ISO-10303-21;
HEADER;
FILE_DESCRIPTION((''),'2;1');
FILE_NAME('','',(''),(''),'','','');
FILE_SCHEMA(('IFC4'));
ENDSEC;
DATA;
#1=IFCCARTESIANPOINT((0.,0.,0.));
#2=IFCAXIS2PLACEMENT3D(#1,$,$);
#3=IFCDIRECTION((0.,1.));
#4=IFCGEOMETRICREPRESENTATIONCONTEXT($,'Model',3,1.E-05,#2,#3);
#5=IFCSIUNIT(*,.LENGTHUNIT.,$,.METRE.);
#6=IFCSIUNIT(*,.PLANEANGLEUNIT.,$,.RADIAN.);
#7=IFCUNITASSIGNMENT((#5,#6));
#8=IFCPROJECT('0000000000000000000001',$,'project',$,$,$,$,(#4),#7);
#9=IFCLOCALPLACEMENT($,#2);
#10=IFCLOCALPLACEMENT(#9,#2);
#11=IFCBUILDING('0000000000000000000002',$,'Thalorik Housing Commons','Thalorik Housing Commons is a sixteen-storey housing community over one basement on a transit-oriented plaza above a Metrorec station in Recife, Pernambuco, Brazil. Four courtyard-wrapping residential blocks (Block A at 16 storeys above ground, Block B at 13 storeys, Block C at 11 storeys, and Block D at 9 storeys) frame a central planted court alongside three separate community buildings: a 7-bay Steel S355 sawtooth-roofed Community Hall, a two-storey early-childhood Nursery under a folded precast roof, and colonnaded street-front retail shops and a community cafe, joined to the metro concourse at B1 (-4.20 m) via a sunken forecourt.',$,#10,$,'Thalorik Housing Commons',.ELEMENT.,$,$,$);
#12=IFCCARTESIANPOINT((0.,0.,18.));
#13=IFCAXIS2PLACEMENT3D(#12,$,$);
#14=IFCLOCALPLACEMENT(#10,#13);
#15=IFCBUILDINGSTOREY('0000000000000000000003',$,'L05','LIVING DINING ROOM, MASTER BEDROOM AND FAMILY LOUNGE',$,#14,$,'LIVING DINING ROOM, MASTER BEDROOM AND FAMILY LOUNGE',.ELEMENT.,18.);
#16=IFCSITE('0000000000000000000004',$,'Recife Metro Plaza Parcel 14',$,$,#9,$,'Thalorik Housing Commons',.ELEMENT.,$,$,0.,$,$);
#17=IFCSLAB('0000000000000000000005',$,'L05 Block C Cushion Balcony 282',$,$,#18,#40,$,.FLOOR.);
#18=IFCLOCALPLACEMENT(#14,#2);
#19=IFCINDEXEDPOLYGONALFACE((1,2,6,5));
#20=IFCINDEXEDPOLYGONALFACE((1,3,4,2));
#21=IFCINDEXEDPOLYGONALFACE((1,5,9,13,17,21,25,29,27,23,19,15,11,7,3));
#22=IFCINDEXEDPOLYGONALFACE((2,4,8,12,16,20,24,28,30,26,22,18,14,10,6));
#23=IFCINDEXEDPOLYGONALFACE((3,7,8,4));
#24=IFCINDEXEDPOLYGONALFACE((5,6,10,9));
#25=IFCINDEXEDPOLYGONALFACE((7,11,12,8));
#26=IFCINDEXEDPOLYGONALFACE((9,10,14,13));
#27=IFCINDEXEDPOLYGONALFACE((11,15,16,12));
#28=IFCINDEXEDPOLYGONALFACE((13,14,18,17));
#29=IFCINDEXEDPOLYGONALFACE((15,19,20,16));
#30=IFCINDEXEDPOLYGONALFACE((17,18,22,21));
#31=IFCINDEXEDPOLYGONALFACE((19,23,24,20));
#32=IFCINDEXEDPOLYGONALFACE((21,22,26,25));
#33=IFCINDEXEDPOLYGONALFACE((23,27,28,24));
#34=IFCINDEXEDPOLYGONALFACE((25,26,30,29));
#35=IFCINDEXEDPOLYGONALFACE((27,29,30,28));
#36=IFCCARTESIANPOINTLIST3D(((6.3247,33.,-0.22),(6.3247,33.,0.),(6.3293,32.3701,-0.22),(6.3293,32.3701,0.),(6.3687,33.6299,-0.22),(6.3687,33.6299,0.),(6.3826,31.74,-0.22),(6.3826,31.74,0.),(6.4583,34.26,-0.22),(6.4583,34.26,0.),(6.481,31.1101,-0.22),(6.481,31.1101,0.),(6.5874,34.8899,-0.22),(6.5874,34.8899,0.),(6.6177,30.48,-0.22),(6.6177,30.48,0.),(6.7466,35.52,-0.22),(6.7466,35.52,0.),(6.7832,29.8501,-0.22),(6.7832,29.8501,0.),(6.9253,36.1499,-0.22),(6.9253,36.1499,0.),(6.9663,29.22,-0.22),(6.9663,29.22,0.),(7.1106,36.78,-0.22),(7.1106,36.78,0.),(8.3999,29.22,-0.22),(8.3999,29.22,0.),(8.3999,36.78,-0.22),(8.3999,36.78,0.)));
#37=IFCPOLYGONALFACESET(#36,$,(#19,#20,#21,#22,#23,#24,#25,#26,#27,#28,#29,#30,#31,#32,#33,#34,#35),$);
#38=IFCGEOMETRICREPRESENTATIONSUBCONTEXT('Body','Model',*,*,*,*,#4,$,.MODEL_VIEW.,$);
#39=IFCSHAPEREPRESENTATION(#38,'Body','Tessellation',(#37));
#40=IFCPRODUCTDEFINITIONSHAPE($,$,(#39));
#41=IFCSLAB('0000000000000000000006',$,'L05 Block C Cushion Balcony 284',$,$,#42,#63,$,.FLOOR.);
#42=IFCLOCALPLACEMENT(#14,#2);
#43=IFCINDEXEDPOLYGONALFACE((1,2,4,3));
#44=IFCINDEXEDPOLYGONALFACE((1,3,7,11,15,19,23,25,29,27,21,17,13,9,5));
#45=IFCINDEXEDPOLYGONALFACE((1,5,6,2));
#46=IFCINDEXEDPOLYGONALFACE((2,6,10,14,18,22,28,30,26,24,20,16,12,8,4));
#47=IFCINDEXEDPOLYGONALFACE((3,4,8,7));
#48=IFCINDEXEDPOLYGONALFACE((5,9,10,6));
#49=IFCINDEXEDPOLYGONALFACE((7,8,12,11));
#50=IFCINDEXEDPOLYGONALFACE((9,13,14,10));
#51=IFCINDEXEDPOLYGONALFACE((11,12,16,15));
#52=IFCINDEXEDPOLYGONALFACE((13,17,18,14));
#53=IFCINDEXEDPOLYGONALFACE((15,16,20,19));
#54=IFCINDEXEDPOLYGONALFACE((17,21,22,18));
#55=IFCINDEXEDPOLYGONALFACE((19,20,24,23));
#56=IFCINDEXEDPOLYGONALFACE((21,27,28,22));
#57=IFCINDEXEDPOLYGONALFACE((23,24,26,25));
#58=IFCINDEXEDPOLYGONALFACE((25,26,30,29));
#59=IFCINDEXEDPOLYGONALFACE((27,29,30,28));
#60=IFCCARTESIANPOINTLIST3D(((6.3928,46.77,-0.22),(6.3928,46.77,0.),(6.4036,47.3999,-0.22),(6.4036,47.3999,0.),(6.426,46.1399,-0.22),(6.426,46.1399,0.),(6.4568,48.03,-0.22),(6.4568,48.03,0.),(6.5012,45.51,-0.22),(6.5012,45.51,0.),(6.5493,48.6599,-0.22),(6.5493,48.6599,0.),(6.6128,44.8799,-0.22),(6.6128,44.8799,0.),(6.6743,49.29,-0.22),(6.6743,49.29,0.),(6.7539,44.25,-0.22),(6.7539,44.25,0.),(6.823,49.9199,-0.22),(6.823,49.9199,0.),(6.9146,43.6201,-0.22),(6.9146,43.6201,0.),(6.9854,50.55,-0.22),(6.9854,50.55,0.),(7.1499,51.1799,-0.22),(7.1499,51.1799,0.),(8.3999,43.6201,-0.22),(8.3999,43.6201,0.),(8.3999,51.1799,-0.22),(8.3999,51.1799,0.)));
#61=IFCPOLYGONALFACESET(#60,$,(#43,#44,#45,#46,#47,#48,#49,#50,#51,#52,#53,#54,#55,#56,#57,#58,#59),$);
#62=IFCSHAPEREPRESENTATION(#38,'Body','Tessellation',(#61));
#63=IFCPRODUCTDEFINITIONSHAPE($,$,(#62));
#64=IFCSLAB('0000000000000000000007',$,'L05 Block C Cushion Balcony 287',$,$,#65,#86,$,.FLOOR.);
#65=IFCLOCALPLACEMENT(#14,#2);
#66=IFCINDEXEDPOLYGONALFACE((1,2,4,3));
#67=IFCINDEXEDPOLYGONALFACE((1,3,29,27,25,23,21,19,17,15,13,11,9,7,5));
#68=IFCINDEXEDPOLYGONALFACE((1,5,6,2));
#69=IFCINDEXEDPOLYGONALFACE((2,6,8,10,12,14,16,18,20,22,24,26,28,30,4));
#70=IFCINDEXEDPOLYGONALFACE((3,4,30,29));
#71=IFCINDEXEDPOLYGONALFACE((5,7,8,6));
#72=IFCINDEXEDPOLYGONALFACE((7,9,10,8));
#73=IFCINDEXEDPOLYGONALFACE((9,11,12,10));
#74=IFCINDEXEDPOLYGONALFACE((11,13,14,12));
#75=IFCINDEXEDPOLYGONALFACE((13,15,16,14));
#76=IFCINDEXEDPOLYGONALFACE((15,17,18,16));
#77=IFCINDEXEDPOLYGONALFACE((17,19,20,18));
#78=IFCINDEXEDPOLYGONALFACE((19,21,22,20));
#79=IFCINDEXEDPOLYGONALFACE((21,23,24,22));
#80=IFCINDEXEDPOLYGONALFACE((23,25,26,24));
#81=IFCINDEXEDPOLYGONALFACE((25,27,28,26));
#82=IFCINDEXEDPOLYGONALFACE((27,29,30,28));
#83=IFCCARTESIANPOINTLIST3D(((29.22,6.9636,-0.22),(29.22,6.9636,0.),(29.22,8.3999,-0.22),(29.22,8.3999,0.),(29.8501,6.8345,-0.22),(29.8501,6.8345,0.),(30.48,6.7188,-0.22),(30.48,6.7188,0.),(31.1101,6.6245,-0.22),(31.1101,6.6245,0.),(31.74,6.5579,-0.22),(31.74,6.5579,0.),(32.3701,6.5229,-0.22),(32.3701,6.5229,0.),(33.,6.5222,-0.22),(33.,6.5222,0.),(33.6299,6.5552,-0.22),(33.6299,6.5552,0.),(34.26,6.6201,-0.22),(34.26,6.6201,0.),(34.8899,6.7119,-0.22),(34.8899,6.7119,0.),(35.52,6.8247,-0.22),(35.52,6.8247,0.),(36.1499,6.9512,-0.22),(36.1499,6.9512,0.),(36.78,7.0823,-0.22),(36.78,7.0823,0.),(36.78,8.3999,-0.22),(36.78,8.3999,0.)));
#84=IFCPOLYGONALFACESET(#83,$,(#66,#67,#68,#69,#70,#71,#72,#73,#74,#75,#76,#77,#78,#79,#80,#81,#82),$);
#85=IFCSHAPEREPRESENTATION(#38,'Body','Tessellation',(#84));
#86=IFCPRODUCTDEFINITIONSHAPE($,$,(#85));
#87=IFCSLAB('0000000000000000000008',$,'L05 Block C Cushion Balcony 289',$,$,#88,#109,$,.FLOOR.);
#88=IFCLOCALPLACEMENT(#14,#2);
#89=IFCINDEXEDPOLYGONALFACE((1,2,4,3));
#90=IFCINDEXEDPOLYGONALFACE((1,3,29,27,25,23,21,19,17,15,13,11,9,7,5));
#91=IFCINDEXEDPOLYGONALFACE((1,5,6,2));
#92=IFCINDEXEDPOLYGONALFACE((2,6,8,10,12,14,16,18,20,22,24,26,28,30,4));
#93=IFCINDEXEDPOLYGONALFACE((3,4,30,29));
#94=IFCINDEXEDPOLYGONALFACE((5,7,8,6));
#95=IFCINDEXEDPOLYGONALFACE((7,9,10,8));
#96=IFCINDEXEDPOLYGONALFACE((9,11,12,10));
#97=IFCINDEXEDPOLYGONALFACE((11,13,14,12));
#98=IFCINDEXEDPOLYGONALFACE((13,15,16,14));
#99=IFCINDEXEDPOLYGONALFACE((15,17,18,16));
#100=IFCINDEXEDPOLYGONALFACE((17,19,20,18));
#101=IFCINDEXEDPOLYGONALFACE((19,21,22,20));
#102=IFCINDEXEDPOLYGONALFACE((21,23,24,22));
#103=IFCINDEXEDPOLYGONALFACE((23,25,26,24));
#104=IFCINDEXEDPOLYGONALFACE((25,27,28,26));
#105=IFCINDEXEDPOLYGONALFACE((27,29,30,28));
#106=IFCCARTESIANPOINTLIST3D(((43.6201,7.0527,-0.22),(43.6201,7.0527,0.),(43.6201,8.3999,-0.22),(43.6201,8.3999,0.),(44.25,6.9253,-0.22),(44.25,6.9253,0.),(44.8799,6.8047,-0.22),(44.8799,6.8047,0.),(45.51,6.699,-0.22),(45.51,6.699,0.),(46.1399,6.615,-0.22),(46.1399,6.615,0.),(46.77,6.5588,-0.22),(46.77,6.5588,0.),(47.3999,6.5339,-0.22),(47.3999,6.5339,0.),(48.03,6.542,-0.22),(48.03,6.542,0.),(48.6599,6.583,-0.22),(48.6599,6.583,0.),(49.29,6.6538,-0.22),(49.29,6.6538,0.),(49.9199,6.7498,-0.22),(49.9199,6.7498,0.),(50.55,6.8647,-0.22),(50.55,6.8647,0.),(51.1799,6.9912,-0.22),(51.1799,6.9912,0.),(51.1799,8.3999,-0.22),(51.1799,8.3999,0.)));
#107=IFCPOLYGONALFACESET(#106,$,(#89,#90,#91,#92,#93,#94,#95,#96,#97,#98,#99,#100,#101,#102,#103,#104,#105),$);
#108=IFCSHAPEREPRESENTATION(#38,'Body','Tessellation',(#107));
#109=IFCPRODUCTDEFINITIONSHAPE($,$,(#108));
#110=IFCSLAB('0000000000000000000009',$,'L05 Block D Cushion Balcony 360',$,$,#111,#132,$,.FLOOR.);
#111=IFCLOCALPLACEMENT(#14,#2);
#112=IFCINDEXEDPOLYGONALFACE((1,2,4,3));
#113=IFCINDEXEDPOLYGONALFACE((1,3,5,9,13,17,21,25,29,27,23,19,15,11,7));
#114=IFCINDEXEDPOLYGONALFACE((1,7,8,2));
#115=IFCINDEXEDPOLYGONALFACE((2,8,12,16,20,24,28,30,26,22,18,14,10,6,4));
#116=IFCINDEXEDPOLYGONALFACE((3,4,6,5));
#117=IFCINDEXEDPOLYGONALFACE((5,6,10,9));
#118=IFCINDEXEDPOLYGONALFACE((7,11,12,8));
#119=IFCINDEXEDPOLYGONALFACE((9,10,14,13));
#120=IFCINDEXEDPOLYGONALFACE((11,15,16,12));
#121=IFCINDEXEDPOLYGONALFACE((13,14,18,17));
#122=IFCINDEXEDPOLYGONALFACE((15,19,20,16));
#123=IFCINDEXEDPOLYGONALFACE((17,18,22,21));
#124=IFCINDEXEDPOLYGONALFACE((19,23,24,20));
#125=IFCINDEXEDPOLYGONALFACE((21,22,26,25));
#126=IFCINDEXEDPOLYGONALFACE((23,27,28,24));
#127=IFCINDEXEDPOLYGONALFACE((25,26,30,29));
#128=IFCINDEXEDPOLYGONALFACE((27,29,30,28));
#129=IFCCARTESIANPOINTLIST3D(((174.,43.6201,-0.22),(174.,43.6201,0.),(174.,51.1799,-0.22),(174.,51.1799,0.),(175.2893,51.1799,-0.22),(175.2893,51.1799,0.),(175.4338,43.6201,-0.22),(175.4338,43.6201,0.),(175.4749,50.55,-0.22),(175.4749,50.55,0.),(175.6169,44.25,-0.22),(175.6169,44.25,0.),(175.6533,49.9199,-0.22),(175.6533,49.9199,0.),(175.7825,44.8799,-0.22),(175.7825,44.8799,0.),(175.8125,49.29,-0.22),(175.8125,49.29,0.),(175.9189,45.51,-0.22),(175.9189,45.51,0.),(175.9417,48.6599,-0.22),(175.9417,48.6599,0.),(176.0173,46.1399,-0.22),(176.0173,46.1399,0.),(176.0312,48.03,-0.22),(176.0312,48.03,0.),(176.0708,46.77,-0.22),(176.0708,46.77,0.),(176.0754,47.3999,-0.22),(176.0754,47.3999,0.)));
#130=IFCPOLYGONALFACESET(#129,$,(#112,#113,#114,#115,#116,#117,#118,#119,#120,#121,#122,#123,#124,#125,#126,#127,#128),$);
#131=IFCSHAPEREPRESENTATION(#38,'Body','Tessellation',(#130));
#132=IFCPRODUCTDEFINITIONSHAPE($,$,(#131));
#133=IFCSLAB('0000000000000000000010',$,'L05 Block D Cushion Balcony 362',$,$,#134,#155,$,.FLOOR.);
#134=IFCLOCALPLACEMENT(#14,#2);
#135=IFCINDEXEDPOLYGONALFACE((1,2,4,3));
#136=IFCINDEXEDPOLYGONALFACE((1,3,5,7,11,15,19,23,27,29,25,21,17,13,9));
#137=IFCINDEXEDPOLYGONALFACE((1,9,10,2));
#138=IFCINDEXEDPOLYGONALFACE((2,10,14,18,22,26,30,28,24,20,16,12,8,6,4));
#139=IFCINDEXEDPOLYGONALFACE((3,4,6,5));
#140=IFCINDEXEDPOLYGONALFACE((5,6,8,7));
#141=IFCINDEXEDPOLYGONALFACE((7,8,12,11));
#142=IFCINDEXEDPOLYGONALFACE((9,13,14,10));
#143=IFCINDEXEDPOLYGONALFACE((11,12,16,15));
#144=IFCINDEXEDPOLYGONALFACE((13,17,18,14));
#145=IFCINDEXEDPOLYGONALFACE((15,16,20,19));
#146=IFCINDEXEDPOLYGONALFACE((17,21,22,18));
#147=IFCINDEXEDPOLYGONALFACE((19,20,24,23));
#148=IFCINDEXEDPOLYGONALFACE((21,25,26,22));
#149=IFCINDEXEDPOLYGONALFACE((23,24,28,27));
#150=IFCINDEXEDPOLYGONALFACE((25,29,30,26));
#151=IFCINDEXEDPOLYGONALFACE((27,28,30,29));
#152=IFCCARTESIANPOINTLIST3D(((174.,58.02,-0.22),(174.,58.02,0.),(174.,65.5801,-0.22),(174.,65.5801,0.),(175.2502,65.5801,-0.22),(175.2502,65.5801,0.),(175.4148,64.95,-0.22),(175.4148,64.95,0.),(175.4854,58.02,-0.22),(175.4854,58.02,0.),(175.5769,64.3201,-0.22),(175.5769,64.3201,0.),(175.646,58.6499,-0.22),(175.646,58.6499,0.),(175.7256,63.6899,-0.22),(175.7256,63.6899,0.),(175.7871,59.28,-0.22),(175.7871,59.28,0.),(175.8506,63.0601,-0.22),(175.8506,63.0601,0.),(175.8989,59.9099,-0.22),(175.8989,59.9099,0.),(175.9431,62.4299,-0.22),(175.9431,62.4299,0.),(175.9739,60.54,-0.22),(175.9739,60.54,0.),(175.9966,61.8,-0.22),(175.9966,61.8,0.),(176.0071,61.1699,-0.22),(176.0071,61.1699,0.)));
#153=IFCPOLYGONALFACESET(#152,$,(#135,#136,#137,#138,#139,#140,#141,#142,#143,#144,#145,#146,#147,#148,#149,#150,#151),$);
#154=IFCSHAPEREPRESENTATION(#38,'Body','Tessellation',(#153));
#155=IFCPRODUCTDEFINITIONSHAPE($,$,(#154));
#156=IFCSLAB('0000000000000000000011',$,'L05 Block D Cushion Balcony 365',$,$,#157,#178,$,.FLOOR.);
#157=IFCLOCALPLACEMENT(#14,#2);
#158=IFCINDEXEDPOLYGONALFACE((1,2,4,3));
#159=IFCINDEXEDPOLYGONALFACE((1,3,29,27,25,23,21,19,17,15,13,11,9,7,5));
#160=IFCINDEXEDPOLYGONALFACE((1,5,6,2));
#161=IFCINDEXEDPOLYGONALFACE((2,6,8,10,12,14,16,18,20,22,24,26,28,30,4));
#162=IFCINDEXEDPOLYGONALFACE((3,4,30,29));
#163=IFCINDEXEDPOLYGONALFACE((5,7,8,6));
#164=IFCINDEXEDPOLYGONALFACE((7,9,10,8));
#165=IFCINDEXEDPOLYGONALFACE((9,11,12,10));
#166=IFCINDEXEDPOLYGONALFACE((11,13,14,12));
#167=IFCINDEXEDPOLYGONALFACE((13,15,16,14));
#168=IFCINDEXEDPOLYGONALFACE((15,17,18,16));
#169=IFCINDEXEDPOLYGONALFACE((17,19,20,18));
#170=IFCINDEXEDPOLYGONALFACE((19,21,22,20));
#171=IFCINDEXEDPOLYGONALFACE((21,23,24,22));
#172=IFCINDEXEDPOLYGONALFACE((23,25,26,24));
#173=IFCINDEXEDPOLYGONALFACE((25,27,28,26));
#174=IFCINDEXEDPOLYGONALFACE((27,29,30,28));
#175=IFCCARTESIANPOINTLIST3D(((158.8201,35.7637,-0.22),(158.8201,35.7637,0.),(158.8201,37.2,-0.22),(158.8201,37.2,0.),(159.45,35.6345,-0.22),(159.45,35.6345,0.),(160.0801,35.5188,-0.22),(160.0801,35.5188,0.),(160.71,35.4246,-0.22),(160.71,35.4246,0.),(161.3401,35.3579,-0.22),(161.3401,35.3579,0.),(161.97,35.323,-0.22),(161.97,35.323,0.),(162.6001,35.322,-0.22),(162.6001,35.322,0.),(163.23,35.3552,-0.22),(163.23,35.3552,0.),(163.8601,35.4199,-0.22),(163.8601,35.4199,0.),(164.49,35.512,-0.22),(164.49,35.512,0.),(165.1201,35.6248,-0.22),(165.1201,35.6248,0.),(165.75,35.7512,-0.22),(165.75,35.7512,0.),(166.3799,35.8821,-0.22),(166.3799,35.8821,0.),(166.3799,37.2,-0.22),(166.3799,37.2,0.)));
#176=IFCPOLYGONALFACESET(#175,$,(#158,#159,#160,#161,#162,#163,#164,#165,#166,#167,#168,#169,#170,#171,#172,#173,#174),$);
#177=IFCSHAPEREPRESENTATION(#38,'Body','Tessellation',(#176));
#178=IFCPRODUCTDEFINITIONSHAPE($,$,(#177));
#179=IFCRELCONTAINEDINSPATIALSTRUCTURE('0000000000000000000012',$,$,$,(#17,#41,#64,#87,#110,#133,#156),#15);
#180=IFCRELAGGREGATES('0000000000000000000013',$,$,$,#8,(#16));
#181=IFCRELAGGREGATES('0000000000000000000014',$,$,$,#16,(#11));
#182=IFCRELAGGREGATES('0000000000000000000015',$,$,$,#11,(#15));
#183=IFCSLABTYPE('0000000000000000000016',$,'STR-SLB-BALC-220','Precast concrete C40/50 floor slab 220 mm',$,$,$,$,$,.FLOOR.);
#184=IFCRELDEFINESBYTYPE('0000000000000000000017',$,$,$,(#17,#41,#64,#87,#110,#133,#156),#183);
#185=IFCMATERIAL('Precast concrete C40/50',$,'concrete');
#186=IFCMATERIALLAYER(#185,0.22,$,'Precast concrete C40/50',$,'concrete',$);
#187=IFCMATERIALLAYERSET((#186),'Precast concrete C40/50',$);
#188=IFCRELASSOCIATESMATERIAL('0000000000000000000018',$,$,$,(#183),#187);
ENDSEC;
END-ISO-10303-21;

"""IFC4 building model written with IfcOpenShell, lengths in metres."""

from ifc_helpers import new_model, si_unit, direction, frame, origin, place, context, subcontext, project, spatial, polyline, outline, extrude, material, layer, layer_set, type_object, element, save


model = new_model("IFC4")

# Units and contexts
model_context = context("Model", 3, precision=1e-05, world=origin(), true_north=direction((0.0, 1.0)))
body_context = subcontext(model_context, "Body", "Model", "MODEL_VIEW")
ifc_project = project(units=[si_unit("LENGTHUNIT", "METRE"), si_unit("PLANEANGLEUNIT", "RADIAN")], contexts=[model_context])

# Site, building, storey
site_placement = place(None, origin())
site = spatial("IfcSite", under=ifc_project, at=site_placement, Name="Recife Metro Plaza Parcel 14", LongName="Thalorik Housing Commons", CompositionType="ELEMENT", RefElevation=0.0)
building_placement = place(site_placement, origin())
building = spatial("IfcBuilding", under=site, at=building_placement, Name="Thalorik Housing Commons", Description="Thalorik Housing Commons is a sixteen-storey housing community over one basement on a transit-oriented plaza above a Metrorec station in Recife, Pernambuco, Brazil. Four courtyard-wrapping residential blocks (Block A at 16 storeys above ground, Block B at 13 storeys, Block C at 11 storeys, and Block D at 9 storeys) frame a central planted court alongside three separate community buildings: a 7-bay Steel S355 sawtooth-roofed Community Hall, a two-storey early-childhood Nursery under a folded precast roof, and colonnaded street-front retail shops and a community cafe, joined to the metro concourse at B1 (-4.20 m) via a sunken forecourt.", LongName="Thalorik Housing Commons", CompositionType="ELEMENT")
storey_placement = place(building_placement, frame((0.0, 0.0, 18.0)))
storey = spatial("IfcBuildingStorey", under=building, at=storey_placement, Name="L05", Description="LIVING DINING ROOM, MASTER BEDROOM AND FAMILY LOUNGE", LongName="LIVING DINING ROOM, MASTER BEDROOM AND FAMILY LOUNGE", CompositionType="ELEMENT", Elevation=18.0)

# Slabs
ifc_material_1 = material(Name="Precast concrete C40/50", Category="concrete")
ifc_layer_1 = layer(ifc_material_1, 0.22, Name="Precast concrete C40/50", Category="concrete")
ifc_layer_set_1 = layer_set([ifc_layer_1], Name="Precast concrete C40/50")
slab_type_1 = type_object("IfcSlabType", Name="STR-SLB-BALC-220", Description="Precast concrete C40/50 floor slab 220 mm", PredefinedType="FLOOR", material=ifc_layer_set_1)
slab_1_placement = place(storey_placement, frame((0.0, 0.0, -0.22)))
element("IfcSlab", 1, at=slab_1_placement, inside=storey, type_object=slab_type_1, Name="L05 Block C Cushion Balcony 282", PredefinedType="FLOOR", context=body_context, shape_type="SweptSolid", body=[
    extrude(outline(polyline([(8.3999, 29.22), (8.3999, 36.78), (7.1106, 36.78), (6.9253, 36.1499), (6.7466, 35.52), (6.5874, 34.8899), (6.4583, 34.26), (6.3687, 33.6299), (6.3247, 33.0), (6.3293, 32.3701), (6.3826, 31.74), (6.481, 31.1101), (6.6177, 30.48), (6.7832, 29.8501), (6.9663, 29.22), (8.3999, 29.22)])), origin(), (0.0, 0.0, 1.0), 0.22),
])
slab_2_placement = place(storey_placement, frame((0.0, 0.0, -0.22)))
element("IfcSlab", 2, at=slab_2_placement, inside=storey, type_object=slab_type_1, Name="L05 Block C Cushion Balcony 284", PredefinedType="FLOOR", context=body_context, shape_type="SweptSolid", body=[
    extrude(outline(polyline([(8.3999, 43.6201), (8.3999, 51.1799), (7.1499, 51.1799), (6.9854, 50.55), (6.823, 49.9199), (6.6743, 49.29), (6.5493, 48.6599), (6.4568, 48.03), (6.4036, 47.3999), (6.3928, 46.77), (6.426, 46.1399), (6.5012, 45.51), (6.6128, 44.8799), (6.7539, 44.25), (6.9146, 43.6201), (8.3999, 43.6201)])), origin(), (0.0, 0.0, 1.0), 0.22),
])
slab_3_placement = place(storey_placement, frame((0.0, 0.0, -0.22)))
element("IfcSlab", 3, at=slab_3_placement, inside=storey, type_object=slab_type_1, Name="L05 Block C Cushion Balcony 287", PredefinedType="FLOOR", context=body_context, shape_type="SweptSolid", body=[
    extrude(outline(polyline([(29.22, 6.9636), (29.8501, 6.8345), (30.48, 6.7188), (31.1101, 6.6245), (31.74, 6.5579), (32.3701, 6.5229), (33.0, 6.5222), (33.6299, 6.5552), (34.26, 6.6201), (34.8899, 6.7119), (35.52, 6.8247), (36.1499, 6.9512), (36.78, 7.0823), (36.78, 8.3999), (29.22, 8.3999), (29.22, 6.9636)])), origin(), (0.0, 0.0, 1.0), 0.22),
])
slab_4_placement = place(storey_placement, frame((0.0, 0.0, -0.22)))
element("IfcSlab", 4, at=slab_4_placement, inside=storey, type_object=slab_type_1, Name="L05 Block C Cushion Balcony 289", PredefinedType="FLOOR", context=body_context, shape_type="SweptSolid", body=[
    extrude(outline(polyline([(43.6201, 7.0527), (44.25, 6.9253), (44.8799, 6.8047), (45.51, 6.699), (46.1399, 6.615), (46.77, 6.5588), (47.3999, 6.5339), (48.03, 6.542), (48.6599, 6.583), (49.29, 6.6538), (49.9199, 6.7498), (50.55, 6.8647), (51.1799, 6.9912), (51.1799, 8.3999), (43.6201, 8.3999), (43.6201, 7.0527)])), origin(), (0.0, 0.0, 1.0), 0.22),
])
slab_5_placement = place(storey_placement, frame((0.0, 0.0, -0.22)))
element("IfcSlab", 5, at=slab_5_placement, inside=storey, type_object=slab_type_1, Name="L05 Block D Cushion Balcony 360", PredefinedType="FLOOR", context=body_context, shape_type="SweptSolid", body=[
    extrude(outline(polyline([(175.4338, 43.6201), (175.6169, 44.25), (175.7825, 44.8799), (175.9189, 45.51), (176.0173, 46.1399), (176.0708, 46.77), (176.0754, 47.3999), (176.0312, 48.03), (175.9417, 48.6599), (175.8125, 49.29), (175.6533, 49.9199), (175.4749, 50.55), (175.2893, 51.1799), (174.0, 51.1799), (174.0, 43.6201), (175.4338, 43.6201)])), origin(), (0.0, 0.0, 1.0), 0.22),
])
slab_6_placement = place(storey_placement, frame((0.0, 0.0, -0.22)))
element("IfcSlab", 6, at=slab_6_placement, inside=storey, type_object=slab_type_1, Name="L05 Block D Cushion Balcony 362", PredefinedType="FLOOR", context=body_context, shape_type="SweptSolid", body=[
    extrude(outline(polyline([(175.4854, 58.02), (175.646, 58.6499), (175.7871, 59.28), (175.8989, 59.9099), (175.9739, 60.54), (176.0071, 61.1699), (175.9966, 61.8), (175.9431, 62.4299), (175.8506, 63.0601), (175.7256, 63.6899), (175.5769, 64.3201), (175.4148, 64.95), (175.2502, 65.5801), (174.0, 65.5801), (174.0, 58.02), (175.4854, 58.02)])), origin(), (0.0, 0.0, 1.0), 0.22),
])
slab_7_placement = place(storey_placement, frame((0.0, 0.0, -0.22)))
element("IfcSlab", 7, at=slab_7_placement, inside=storey, type_object=slab_type_1, Name="L05 Block D Cushion Balcony 365", PredefinedType="FLOOR", context=body_context, shape_type="SweptSolid", body=[
    extrude(outline(polyline([(158.8201, 35.7637), (159.45, 35.6345), (160.0801, 35.5188), (160.71, 35.4246), (161.3401, 35.3579), (161.97, 35.323), (162.6001, 35.322), (163.23, 35.3552), (163.8601, 35.4199), (164.49, 35.512), (165.1201, 35.6248), (165.75, 35.7512), (166.3799, 35.8821), (166.3799, 37.2), (158.8201, 37.2), (158.8201, 35.7637)])), origin(), (0.0, 0.0, 1.0), 0.22),
])

save(model, "model.ifc")
